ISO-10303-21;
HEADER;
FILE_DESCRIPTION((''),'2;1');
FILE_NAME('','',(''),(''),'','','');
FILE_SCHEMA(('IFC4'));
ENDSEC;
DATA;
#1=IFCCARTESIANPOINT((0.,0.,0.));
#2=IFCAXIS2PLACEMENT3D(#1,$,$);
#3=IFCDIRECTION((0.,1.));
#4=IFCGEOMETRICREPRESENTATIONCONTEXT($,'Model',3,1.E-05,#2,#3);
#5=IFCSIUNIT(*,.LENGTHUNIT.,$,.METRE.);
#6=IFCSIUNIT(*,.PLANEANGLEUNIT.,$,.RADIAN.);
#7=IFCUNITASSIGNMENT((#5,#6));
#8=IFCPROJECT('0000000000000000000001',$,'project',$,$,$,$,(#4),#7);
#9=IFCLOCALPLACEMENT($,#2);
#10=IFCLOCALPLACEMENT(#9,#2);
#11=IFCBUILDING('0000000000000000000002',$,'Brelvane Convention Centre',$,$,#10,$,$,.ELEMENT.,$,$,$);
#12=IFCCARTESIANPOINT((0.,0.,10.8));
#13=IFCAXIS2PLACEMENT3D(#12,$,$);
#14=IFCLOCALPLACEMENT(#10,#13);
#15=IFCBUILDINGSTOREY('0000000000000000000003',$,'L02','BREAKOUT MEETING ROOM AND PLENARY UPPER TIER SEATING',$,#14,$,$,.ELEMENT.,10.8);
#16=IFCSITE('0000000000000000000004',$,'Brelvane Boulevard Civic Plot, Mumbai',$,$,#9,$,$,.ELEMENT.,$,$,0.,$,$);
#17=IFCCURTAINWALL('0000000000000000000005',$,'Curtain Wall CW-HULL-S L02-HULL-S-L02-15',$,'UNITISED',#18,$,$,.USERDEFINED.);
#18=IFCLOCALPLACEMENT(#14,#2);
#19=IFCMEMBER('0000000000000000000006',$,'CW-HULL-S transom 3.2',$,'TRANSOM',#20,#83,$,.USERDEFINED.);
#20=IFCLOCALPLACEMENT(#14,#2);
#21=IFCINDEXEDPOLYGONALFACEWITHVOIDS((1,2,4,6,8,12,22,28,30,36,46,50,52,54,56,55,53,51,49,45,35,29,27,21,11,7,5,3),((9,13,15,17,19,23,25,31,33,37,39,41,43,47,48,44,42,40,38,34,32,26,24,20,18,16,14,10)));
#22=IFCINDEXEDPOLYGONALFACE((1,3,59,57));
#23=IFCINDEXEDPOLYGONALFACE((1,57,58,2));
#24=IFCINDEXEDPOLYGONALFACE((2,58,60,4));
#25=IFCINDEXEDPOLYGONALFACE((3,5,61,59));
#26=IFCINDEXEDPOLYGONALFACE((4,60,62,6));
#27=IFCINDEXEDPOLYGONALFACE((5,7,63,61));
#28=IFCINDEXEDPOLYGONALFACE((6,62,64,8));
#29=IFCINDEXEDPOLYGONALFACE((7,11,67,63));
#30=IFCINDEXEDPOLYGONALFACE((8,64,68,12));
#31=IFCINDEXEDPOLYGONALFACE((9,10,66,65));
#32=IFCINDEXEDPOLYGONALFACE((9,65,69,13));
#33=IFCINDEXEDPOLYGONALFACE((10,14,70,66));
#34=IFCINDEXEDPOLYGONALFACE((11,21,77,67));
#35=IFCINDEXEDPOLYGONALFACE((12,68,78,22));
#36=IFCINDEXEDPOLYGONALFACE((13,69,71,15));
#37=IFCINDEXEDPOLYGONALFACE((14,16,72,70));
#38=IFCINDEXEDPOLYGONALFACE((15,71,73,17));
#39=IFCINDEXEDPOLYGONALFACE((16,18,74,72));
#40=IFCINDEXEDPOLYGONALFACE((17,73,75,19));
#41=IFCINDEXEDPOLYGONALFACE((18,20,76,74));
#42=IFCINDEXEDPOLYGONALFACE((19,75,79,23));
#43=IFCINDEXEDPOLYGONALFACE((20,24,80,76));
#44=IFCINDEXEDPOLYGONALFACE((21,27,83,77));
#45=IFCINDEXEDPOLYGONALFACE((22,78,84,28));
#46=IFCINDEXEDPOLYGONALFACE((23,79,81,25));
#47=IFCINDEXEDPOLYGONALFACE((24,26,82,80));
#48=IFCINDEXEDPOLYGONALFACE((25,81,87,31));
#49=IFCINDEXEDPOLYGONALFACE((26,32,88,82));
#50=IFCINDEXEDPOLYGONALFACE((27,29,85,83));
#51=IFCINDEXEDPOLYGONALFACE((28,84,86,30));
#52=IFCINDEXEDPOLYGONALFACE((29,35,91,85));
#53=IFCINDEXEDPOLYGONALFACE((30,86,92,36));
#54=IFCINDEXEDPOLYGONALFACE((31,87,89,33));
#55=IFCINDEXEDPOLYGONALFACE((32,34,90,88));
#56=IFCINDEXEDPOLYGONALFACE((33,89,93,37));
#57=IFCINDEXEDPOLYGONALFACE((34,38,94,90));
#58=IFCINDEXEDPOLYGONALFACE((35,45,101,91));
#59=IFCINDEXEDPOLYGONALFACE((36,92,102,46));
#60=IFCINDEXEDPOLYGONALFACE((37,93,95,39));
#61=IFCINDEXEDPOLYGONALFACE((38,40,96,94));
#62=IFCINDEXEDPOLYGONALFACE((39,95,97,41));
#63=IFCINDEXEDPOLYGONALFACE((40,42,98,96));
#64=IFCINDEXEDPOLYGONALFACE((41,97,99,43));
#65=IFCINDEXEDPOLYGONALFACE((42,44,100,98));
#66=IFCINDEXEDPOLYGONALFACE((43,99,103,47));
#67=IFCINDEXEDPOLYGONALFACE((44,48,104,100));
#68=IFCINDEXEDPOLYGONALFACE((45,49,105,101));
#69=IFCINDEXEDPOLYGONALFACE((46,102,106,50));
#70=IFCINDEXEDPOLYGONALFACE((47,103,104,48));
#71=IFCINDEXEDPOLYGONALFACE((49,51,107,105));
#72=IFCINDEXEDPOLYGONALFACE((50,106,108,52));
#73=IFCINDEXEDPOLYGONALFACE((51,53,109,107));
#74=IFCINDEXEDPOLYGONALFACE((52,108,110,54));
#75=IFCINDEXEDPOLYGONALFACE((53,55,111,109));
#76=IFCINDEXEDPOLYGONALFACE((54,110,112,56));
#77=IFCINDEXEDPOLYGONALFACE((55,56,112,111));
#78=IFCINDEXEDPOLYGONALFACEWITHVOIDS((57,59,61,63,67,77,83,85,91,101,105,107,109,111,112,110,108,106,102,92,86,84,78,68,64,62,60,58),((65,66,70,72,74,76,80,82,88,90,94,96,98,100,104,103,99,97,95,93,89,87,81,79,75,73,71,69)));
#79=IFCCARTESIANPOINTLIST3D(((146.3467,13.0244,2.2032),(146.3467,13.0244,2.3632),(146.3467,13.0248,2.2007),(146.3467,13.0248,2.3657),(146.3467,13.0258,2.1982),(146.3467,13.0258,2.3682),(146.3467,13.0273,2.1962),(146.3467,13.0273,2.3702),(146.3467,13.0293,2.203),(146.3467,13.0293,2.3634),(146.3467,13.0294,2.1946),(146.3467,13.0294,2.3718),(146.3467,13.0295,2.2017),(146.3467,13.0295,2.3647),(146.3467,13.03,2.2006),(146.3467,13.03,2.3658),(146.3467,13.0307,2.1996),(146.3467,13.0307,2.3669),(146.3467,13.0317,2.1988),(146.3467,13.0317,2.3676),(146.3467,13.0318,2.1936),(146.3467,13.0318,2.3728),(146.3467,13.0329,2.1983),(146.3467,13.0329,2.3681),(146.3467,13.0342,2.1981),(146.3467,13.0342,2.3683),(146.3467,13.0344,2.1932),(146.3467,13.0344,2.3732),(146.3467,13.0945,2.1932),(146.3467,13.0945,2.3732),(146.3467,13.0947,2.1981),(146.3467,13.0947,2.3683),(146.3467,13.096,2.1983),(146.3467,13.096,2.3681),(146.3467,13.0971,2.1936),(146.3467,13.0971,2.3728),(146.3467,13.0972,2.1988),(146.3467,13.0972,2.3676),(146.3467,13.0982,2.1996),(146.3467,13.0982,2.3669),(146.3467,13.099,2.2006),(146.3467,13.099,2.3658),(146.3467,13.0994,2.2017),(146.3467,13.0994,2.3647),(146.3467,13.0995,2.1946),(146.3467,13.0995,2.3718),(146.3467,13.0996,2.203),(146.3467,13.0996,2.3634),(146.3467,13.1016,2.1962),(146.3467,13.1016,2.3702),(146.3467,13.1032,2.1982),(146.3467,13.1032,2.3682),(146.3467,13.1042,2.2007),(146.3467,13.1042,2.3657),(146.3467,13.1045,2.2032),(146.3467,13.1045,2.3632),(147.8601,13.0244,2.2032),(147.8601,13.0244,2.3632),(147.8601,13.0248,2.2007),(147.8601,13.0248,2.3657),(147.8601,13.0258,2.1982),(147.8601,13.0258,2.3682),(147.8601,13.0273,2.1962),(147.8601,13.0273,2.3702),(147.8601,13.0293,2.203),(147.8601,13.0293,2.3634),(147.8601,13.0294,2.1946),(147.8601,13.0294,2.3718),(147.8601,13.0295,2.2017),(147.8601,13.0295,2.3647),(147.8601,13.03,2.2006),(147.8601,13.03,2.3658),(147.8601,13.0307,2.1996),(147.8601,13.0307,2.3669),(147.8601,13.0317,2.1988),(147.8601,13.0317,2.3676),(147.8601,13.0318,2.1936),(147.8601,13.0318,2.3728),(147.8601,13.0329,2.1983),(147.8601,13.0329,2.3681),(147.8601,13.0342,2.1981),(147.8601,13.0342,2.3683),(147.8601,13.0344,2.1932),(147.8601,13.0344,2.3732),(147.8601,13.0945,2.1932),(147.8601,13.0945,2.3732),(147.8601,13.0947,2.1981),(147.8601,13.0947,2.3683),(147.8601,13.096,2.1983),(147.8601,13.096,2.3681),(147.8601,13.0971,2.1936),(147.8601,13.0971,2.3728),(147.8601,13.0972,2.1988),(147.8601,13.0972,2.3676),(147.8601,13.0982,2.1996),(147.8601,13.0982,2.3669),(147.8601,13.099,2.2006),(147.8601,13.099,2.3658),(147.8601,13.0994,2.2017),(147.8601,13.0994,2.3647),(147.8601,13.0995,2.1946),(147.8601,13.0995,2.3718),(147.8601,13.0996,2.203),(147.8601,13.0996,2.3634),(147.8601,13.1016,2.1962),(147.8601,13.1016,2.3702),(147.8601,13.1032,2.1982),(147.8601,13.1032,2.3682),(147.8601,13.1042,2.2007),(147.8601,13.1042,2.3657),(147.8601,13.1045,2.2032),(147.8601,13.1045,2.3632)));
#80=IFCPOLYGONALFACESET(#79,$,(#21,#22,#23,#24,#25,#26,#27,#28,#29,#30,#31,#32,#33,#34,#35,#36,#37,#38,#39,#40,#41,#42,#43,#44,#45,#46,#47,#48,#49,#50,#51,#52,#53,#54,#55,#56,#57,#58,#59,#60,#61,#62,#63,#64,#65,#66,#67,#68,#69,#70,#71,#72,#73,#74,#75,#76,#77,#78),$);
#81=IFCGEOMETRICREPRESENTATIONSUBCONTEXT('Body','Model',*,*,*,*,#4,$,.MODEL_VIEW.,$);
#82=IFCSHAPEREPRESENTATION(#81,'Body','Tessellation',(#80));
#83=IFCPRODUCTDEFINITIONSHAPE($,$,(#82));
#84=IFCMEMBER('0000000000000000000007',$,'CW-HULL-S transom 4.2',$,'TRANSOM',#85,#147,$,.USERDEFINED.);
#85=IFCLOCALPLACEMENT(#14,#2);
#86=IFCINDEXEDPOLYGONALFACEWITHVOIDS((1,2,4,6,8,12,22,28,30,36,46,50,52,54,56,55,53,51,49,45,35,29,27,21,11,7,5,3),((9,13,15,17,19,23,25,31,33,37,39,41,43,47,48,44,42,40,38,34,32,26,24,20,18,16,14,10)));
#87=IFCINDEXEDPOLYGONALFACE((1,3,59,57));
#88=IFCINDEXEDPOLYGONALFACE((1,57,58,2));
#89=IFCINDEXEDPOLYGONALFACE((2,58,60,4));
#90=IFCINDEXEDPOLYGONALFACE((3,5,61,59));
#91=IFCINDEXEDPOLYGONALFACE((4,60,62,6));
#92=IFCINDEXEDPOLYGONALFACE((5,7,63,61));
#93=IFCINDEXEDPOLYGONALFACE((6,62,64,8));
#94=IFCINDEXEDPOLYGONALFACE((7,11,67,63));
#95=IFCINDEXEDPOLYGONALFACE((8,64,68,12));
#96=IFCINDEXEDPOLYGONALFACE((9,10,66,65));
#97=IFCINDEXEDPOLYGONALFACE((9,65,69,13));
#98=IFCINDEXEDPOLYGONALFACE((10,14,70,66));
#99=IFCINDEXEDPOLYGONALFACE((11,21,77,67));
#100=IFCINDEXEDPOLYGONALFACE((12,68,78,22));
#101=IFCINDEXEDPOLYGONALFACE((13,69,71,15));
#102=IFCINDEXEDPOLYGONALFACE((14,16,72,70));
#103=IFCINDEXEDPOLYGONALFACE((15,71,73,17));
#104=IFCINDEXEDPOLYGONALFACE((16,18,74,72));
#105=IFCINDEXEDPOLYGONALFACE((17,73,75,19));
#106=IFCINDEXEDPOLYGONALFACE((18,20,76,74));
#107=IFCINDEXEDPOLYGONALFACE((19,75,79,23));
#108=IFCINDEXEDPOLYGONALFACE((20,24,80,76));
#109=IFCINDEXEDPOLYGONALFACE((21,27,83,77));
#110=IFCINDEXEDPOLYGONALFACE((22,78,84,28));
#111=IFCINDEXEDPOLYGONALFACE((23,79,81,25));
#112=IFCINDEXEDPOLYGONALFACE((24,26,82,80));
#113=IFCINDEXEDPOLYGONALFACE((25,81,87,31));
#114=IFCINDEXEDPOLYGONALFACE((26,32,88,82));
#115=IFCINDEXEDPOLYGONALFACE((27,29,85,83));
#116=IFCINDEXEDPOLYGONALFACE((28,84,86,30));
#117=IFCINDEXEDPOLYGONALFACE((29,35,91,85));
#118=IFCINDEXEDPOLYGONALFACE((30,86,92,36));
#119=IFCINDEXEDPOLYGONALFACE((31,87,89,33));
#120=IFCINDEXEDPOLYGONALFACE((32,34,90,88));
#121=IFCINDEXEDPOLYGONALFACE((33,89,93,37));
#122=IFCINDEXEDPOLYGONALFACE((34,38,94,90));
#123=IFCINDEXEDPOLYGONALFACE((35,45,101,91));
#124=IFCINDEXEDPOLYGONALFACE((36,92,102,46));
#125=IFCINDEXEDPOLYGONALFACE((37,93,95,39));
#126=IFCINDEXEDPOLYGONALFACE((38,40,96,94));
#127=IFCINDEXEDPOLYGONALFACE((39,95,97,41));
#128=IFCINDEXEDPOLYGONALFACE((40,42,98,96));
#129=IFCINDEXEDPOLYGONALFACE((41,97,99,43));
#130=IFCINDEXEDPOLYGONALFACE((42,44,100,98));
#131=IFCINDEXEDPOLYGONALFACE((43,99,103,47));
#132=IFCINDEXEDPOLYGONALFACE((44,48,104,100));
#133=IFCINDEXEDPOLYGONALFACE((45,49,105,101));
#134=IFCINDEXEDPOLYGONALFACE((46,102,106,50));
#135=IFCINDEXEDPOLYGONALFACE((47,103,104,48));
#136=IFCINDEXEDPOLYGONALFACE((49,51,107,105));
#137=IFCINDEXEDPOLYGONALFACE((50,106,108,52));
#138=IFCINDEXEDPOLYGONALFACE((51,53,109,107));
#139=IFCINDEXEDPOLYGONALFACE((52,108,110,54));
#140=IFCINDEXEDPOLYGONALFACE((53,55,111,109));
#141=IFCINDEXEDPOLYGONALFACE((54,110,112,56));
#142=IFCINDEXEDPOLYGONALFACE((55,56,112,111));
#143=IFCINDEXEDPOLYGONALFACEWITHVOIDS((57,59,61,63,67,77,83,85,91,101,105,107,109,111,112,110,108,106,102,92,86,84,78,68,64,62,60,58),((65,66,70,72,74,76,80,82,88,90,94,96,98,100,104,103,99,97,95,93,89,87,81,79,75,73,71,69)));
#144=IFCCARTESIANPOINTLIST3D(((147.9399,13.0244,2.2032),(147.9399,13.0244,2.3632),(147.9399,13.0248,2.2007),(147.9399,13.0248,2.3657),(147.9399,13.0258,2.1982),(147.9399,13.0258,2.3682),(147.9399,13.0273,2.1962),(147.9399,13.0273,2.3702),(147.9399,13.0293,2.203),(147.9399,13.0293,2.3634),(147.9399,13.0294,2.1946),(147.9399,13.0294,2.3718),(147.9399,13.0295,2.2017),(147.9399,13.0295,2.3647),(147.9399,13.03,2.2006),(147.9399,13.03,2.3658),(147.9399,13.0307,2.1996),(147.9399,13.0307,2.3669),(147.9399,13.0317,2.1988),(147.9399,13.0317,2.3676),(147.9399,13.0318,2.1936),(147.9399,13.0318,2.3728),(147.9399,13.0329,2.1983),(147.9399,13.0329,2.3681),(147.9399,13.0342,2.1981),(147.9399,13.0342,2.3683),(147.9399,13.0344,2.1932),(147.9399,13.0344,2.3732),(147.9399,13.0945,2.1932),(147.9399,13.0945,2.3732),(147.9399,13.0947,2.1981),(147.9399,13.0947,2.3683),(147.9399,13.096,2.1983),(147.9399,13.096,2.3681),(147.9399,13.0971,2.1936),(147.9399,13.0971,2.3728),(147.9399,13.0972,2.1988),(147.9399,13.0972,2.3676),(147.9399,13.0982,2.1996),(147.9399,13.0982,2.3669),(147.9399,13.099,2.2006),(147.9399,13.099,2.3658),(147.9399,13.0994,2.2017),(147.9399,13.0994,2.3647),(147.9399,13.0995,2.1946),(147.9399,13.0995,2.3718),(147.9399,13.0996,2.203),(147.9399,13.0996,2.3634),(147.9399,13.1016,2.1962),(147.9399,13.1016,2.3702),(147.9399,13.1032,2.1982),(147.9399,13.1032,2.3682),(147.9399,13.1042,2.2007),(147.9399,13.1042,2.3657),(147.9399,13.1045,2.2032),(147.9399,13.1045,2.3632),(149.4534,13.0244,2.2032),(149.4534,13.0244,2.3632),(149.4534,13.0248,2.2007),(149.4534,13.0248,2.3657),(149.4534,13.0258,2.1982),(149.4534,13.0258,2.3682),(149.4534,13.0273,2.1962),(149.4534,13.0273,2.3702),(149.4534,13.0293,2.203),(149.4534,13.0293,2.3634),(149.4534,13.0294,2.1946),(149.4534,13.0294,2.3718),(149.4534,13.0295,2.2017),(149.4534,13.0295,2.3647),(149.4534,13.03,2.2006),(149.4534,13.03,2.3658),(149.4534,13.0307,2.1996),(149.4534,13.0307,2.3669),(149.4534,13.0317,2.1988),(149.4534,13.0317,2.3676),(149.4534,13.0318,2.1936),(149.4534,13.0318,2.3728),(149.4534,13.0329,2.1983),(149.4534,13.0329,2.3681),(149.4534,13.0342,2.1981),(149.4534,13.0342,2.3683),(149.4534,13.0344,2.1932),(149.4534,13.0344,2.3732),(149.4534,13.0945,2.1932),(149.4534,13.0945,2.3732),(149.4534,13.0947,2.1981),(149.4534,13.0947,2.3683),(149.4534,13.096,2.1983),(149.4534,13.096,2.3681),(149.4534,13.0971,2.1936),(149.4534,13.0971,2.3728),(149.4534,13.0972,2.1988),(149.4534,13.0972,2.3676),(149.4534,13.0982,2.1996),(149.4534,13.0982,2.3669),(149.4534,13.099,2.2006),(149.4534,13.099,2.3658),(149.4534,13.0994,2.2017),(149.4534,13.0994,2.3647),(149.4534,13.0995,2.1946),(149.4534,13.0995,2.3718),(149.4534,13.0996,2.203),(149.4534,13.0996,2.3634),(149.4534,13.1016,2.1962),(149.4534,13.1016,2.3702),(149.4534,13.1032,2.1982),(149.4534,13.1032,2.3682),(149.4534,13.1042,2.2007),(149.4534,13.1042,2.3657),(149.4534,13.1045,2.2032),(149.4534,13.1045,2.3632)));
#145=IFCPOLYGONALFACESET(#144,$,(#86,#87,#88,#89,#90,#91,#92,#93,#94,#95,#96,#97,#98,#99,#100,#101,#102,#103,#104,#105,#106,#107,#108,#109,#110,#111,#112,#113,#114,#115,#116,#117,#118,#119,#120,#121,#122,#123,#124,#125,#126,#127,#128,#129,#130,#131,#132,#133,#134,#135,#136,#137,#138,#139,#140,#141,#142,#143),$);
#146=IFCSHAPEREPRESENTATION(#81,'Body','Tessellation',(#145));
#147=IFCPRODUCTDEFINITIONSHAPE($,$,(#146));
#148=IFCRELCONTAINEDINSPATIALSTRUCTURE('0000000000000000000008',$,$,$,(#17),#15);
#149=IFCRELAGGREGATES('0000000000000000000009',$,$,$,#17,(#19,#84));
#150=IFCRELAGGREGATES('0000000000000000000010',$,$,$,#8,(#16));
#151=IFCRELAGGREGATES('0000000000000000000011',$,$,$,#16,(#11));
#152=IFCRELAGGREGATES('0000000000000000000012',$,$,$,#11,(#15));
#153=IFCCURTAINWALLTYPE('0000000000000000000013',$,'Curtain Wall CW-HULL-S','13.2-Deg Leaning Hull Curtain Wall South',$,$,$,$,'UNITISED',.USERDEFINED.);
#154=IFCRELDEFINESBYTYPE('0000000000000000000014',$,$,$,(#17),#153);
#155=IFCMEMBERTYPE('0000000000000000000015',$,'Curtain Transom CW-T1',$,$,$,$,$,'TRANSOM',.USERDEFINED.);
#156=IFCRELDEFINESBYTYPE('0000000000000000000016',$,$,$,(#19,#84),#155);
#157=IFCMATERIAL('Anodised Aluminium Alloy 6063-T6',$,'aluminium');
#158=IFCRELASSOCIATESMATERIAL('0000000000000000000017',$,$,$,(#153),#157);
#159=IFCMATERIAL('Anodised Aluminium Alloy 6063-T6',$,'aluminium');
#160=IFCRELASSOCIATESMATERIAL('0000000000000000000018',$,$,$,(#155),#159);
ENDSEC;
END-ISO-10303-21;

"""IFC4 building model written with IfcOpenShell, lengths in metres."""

from ifc_helpers import new_model, si_unit, direction, frame, origin, origin_2d, place, context, subcontext, project, spatial, hollow_rectangle, extrude, material, material_profile, profile_set, type_object, element, aggregate, save


model = new_model("IFC4")

# Units and contexts
model_context = context("Model", 3, precision=1e-05, world=origin(), true_north=direction((0.0, 1.0)))
body_context = subcontext(model_context, "Body", "Model", "MODEL_VIEW")
ifc_project = project(units=[si_unit("LENGTHUNIT", "METRE"), si_unit("PLANEANGLEUNIT", "RADIAN")], contexts=[model_context])

# Site, building, storey
site_placement = place(None, origin())
site = spatial("IfcSite", under=ifc_project, at=site_placement, Name="Brelvane Boulevard Civic Plot, Mumbai", CompositionType="ELEMENT", RefElevation=0.0)
building_placement = place(site_placement, origin())
building = spatial("IfcBuilding", under=site, at=building_placement, Name="Brelvane Convention Centre", CompositionType="ELEMENT")
storey_placement = place(building_placement, frame((0.0, 0.0, 10.8)))
storey = spatial("IfcBuildingStorey", under=building, at=storey_placement, Name="L02", Description="BREAKOUT MEETING ROOM AND PLENARY UPPER TIER SEATING", CompositionType="ELEMENT", Elevation=10.8)

# Curtain wall, members
ifc_material_1 = material(Name="Anodised Aluminium Alloy 6063-T6", Category="aluminium")
curtain_wall_type = type_object("IfcCurtainWallType", Name="Curtain Wall CW-HULL-S", Description="13.2-Deg Leaning Hull Curtain Wall South", ElementType="UNITISED", PredefinedType="USERDEFINED", material=ifc_material_1)
curtain_wall_1_placement = place(storey_placement, origin())
curtain_wall_1 = element("IfcCurtainWall", 1, at=curtain_wall_1_placement, inside=storey, type_object=curtain_wall_type, Name="Curtain Wall CW-HULL-S L02-HULL-S-L02-15", ObjectType="UNITISED", PredefinedType="USERDEFINED")
ifc_material_2 = material(Name="Anodised Aluminium Alloy 6063-T6", Category="aluminium")
ifc_material_profile = material_profile(ifc_material_2, hollow_rectangle(XDim=0.0801, YDim=0.1799, WallThickness=0.0049, InnerFilletRadius=0.0049, OuterFilletRadius=0.01, at=origin_2d()), Name="ALU-T 180x80x5.0")
ifc_profile_set = profile_set([ifc_material_profile], Name="Anodised Aluminium Alloy 6063-T6")
member_type = type_object("IfcMemberType", Name="Curtain Transom CW-T1", ElementType="TRANSOM", PredefinedType="USERDEFINED", material=ifc_profile_set)
member_1_placement = place(storey_placement, frame((146.3467, 13.0645, 2.2832), z_axis=(1.0, 0.0, 0.0), x_axis=(0.0, 1.0, 0.0)))
member_1 = element("IfcMember", 2, at=member_1_placement, type_object=member_type, Name="CW-HULL-S transom 3.2", ObjectType="TRANSOM", PredefinedType="USERDEFINED", context=body_context, shape_type="SweptSolid", body=[
    extrude(hollow_rectangle(XDim=0.0801, YDim=0.1799, WallThickness=0.0049, InnerFilletRadius=0.0049, OuterFilletRadius=0.01, at=origin_2d()), origin(), (0.0, 0.0, 1.0), 1.5134),
])
member_2_placement = place(storey_placement, frame((147.9399, 13.0645, 2.2832), z_axis=(1.0, 0.0, 0.0), x_axis=(0.0, 1.0, 0.0)))
member_2 = element("IfcMember", 3, at=member_2_placement, type_object=member_type, Name="CW-HULL-S transom 4.2", ObjectType="TRANSOM", PredefinedType="USERDEFINED", context=body_context, shape_type="SweptSolid", body=[
    extrude(hollow_rectangle(XDim=0.0801, YDim=0.1799, WallThickness=0.0049, InnerFilletRadius=0.0049, OuterFilletRadius=0.01, at=origin_2d()), origin(), (0.0, 0.0, 1.0), 1.5134),
])

aggregate(curtain_wall_1, [member_1, member_2])

save(model, "model.ifc")
